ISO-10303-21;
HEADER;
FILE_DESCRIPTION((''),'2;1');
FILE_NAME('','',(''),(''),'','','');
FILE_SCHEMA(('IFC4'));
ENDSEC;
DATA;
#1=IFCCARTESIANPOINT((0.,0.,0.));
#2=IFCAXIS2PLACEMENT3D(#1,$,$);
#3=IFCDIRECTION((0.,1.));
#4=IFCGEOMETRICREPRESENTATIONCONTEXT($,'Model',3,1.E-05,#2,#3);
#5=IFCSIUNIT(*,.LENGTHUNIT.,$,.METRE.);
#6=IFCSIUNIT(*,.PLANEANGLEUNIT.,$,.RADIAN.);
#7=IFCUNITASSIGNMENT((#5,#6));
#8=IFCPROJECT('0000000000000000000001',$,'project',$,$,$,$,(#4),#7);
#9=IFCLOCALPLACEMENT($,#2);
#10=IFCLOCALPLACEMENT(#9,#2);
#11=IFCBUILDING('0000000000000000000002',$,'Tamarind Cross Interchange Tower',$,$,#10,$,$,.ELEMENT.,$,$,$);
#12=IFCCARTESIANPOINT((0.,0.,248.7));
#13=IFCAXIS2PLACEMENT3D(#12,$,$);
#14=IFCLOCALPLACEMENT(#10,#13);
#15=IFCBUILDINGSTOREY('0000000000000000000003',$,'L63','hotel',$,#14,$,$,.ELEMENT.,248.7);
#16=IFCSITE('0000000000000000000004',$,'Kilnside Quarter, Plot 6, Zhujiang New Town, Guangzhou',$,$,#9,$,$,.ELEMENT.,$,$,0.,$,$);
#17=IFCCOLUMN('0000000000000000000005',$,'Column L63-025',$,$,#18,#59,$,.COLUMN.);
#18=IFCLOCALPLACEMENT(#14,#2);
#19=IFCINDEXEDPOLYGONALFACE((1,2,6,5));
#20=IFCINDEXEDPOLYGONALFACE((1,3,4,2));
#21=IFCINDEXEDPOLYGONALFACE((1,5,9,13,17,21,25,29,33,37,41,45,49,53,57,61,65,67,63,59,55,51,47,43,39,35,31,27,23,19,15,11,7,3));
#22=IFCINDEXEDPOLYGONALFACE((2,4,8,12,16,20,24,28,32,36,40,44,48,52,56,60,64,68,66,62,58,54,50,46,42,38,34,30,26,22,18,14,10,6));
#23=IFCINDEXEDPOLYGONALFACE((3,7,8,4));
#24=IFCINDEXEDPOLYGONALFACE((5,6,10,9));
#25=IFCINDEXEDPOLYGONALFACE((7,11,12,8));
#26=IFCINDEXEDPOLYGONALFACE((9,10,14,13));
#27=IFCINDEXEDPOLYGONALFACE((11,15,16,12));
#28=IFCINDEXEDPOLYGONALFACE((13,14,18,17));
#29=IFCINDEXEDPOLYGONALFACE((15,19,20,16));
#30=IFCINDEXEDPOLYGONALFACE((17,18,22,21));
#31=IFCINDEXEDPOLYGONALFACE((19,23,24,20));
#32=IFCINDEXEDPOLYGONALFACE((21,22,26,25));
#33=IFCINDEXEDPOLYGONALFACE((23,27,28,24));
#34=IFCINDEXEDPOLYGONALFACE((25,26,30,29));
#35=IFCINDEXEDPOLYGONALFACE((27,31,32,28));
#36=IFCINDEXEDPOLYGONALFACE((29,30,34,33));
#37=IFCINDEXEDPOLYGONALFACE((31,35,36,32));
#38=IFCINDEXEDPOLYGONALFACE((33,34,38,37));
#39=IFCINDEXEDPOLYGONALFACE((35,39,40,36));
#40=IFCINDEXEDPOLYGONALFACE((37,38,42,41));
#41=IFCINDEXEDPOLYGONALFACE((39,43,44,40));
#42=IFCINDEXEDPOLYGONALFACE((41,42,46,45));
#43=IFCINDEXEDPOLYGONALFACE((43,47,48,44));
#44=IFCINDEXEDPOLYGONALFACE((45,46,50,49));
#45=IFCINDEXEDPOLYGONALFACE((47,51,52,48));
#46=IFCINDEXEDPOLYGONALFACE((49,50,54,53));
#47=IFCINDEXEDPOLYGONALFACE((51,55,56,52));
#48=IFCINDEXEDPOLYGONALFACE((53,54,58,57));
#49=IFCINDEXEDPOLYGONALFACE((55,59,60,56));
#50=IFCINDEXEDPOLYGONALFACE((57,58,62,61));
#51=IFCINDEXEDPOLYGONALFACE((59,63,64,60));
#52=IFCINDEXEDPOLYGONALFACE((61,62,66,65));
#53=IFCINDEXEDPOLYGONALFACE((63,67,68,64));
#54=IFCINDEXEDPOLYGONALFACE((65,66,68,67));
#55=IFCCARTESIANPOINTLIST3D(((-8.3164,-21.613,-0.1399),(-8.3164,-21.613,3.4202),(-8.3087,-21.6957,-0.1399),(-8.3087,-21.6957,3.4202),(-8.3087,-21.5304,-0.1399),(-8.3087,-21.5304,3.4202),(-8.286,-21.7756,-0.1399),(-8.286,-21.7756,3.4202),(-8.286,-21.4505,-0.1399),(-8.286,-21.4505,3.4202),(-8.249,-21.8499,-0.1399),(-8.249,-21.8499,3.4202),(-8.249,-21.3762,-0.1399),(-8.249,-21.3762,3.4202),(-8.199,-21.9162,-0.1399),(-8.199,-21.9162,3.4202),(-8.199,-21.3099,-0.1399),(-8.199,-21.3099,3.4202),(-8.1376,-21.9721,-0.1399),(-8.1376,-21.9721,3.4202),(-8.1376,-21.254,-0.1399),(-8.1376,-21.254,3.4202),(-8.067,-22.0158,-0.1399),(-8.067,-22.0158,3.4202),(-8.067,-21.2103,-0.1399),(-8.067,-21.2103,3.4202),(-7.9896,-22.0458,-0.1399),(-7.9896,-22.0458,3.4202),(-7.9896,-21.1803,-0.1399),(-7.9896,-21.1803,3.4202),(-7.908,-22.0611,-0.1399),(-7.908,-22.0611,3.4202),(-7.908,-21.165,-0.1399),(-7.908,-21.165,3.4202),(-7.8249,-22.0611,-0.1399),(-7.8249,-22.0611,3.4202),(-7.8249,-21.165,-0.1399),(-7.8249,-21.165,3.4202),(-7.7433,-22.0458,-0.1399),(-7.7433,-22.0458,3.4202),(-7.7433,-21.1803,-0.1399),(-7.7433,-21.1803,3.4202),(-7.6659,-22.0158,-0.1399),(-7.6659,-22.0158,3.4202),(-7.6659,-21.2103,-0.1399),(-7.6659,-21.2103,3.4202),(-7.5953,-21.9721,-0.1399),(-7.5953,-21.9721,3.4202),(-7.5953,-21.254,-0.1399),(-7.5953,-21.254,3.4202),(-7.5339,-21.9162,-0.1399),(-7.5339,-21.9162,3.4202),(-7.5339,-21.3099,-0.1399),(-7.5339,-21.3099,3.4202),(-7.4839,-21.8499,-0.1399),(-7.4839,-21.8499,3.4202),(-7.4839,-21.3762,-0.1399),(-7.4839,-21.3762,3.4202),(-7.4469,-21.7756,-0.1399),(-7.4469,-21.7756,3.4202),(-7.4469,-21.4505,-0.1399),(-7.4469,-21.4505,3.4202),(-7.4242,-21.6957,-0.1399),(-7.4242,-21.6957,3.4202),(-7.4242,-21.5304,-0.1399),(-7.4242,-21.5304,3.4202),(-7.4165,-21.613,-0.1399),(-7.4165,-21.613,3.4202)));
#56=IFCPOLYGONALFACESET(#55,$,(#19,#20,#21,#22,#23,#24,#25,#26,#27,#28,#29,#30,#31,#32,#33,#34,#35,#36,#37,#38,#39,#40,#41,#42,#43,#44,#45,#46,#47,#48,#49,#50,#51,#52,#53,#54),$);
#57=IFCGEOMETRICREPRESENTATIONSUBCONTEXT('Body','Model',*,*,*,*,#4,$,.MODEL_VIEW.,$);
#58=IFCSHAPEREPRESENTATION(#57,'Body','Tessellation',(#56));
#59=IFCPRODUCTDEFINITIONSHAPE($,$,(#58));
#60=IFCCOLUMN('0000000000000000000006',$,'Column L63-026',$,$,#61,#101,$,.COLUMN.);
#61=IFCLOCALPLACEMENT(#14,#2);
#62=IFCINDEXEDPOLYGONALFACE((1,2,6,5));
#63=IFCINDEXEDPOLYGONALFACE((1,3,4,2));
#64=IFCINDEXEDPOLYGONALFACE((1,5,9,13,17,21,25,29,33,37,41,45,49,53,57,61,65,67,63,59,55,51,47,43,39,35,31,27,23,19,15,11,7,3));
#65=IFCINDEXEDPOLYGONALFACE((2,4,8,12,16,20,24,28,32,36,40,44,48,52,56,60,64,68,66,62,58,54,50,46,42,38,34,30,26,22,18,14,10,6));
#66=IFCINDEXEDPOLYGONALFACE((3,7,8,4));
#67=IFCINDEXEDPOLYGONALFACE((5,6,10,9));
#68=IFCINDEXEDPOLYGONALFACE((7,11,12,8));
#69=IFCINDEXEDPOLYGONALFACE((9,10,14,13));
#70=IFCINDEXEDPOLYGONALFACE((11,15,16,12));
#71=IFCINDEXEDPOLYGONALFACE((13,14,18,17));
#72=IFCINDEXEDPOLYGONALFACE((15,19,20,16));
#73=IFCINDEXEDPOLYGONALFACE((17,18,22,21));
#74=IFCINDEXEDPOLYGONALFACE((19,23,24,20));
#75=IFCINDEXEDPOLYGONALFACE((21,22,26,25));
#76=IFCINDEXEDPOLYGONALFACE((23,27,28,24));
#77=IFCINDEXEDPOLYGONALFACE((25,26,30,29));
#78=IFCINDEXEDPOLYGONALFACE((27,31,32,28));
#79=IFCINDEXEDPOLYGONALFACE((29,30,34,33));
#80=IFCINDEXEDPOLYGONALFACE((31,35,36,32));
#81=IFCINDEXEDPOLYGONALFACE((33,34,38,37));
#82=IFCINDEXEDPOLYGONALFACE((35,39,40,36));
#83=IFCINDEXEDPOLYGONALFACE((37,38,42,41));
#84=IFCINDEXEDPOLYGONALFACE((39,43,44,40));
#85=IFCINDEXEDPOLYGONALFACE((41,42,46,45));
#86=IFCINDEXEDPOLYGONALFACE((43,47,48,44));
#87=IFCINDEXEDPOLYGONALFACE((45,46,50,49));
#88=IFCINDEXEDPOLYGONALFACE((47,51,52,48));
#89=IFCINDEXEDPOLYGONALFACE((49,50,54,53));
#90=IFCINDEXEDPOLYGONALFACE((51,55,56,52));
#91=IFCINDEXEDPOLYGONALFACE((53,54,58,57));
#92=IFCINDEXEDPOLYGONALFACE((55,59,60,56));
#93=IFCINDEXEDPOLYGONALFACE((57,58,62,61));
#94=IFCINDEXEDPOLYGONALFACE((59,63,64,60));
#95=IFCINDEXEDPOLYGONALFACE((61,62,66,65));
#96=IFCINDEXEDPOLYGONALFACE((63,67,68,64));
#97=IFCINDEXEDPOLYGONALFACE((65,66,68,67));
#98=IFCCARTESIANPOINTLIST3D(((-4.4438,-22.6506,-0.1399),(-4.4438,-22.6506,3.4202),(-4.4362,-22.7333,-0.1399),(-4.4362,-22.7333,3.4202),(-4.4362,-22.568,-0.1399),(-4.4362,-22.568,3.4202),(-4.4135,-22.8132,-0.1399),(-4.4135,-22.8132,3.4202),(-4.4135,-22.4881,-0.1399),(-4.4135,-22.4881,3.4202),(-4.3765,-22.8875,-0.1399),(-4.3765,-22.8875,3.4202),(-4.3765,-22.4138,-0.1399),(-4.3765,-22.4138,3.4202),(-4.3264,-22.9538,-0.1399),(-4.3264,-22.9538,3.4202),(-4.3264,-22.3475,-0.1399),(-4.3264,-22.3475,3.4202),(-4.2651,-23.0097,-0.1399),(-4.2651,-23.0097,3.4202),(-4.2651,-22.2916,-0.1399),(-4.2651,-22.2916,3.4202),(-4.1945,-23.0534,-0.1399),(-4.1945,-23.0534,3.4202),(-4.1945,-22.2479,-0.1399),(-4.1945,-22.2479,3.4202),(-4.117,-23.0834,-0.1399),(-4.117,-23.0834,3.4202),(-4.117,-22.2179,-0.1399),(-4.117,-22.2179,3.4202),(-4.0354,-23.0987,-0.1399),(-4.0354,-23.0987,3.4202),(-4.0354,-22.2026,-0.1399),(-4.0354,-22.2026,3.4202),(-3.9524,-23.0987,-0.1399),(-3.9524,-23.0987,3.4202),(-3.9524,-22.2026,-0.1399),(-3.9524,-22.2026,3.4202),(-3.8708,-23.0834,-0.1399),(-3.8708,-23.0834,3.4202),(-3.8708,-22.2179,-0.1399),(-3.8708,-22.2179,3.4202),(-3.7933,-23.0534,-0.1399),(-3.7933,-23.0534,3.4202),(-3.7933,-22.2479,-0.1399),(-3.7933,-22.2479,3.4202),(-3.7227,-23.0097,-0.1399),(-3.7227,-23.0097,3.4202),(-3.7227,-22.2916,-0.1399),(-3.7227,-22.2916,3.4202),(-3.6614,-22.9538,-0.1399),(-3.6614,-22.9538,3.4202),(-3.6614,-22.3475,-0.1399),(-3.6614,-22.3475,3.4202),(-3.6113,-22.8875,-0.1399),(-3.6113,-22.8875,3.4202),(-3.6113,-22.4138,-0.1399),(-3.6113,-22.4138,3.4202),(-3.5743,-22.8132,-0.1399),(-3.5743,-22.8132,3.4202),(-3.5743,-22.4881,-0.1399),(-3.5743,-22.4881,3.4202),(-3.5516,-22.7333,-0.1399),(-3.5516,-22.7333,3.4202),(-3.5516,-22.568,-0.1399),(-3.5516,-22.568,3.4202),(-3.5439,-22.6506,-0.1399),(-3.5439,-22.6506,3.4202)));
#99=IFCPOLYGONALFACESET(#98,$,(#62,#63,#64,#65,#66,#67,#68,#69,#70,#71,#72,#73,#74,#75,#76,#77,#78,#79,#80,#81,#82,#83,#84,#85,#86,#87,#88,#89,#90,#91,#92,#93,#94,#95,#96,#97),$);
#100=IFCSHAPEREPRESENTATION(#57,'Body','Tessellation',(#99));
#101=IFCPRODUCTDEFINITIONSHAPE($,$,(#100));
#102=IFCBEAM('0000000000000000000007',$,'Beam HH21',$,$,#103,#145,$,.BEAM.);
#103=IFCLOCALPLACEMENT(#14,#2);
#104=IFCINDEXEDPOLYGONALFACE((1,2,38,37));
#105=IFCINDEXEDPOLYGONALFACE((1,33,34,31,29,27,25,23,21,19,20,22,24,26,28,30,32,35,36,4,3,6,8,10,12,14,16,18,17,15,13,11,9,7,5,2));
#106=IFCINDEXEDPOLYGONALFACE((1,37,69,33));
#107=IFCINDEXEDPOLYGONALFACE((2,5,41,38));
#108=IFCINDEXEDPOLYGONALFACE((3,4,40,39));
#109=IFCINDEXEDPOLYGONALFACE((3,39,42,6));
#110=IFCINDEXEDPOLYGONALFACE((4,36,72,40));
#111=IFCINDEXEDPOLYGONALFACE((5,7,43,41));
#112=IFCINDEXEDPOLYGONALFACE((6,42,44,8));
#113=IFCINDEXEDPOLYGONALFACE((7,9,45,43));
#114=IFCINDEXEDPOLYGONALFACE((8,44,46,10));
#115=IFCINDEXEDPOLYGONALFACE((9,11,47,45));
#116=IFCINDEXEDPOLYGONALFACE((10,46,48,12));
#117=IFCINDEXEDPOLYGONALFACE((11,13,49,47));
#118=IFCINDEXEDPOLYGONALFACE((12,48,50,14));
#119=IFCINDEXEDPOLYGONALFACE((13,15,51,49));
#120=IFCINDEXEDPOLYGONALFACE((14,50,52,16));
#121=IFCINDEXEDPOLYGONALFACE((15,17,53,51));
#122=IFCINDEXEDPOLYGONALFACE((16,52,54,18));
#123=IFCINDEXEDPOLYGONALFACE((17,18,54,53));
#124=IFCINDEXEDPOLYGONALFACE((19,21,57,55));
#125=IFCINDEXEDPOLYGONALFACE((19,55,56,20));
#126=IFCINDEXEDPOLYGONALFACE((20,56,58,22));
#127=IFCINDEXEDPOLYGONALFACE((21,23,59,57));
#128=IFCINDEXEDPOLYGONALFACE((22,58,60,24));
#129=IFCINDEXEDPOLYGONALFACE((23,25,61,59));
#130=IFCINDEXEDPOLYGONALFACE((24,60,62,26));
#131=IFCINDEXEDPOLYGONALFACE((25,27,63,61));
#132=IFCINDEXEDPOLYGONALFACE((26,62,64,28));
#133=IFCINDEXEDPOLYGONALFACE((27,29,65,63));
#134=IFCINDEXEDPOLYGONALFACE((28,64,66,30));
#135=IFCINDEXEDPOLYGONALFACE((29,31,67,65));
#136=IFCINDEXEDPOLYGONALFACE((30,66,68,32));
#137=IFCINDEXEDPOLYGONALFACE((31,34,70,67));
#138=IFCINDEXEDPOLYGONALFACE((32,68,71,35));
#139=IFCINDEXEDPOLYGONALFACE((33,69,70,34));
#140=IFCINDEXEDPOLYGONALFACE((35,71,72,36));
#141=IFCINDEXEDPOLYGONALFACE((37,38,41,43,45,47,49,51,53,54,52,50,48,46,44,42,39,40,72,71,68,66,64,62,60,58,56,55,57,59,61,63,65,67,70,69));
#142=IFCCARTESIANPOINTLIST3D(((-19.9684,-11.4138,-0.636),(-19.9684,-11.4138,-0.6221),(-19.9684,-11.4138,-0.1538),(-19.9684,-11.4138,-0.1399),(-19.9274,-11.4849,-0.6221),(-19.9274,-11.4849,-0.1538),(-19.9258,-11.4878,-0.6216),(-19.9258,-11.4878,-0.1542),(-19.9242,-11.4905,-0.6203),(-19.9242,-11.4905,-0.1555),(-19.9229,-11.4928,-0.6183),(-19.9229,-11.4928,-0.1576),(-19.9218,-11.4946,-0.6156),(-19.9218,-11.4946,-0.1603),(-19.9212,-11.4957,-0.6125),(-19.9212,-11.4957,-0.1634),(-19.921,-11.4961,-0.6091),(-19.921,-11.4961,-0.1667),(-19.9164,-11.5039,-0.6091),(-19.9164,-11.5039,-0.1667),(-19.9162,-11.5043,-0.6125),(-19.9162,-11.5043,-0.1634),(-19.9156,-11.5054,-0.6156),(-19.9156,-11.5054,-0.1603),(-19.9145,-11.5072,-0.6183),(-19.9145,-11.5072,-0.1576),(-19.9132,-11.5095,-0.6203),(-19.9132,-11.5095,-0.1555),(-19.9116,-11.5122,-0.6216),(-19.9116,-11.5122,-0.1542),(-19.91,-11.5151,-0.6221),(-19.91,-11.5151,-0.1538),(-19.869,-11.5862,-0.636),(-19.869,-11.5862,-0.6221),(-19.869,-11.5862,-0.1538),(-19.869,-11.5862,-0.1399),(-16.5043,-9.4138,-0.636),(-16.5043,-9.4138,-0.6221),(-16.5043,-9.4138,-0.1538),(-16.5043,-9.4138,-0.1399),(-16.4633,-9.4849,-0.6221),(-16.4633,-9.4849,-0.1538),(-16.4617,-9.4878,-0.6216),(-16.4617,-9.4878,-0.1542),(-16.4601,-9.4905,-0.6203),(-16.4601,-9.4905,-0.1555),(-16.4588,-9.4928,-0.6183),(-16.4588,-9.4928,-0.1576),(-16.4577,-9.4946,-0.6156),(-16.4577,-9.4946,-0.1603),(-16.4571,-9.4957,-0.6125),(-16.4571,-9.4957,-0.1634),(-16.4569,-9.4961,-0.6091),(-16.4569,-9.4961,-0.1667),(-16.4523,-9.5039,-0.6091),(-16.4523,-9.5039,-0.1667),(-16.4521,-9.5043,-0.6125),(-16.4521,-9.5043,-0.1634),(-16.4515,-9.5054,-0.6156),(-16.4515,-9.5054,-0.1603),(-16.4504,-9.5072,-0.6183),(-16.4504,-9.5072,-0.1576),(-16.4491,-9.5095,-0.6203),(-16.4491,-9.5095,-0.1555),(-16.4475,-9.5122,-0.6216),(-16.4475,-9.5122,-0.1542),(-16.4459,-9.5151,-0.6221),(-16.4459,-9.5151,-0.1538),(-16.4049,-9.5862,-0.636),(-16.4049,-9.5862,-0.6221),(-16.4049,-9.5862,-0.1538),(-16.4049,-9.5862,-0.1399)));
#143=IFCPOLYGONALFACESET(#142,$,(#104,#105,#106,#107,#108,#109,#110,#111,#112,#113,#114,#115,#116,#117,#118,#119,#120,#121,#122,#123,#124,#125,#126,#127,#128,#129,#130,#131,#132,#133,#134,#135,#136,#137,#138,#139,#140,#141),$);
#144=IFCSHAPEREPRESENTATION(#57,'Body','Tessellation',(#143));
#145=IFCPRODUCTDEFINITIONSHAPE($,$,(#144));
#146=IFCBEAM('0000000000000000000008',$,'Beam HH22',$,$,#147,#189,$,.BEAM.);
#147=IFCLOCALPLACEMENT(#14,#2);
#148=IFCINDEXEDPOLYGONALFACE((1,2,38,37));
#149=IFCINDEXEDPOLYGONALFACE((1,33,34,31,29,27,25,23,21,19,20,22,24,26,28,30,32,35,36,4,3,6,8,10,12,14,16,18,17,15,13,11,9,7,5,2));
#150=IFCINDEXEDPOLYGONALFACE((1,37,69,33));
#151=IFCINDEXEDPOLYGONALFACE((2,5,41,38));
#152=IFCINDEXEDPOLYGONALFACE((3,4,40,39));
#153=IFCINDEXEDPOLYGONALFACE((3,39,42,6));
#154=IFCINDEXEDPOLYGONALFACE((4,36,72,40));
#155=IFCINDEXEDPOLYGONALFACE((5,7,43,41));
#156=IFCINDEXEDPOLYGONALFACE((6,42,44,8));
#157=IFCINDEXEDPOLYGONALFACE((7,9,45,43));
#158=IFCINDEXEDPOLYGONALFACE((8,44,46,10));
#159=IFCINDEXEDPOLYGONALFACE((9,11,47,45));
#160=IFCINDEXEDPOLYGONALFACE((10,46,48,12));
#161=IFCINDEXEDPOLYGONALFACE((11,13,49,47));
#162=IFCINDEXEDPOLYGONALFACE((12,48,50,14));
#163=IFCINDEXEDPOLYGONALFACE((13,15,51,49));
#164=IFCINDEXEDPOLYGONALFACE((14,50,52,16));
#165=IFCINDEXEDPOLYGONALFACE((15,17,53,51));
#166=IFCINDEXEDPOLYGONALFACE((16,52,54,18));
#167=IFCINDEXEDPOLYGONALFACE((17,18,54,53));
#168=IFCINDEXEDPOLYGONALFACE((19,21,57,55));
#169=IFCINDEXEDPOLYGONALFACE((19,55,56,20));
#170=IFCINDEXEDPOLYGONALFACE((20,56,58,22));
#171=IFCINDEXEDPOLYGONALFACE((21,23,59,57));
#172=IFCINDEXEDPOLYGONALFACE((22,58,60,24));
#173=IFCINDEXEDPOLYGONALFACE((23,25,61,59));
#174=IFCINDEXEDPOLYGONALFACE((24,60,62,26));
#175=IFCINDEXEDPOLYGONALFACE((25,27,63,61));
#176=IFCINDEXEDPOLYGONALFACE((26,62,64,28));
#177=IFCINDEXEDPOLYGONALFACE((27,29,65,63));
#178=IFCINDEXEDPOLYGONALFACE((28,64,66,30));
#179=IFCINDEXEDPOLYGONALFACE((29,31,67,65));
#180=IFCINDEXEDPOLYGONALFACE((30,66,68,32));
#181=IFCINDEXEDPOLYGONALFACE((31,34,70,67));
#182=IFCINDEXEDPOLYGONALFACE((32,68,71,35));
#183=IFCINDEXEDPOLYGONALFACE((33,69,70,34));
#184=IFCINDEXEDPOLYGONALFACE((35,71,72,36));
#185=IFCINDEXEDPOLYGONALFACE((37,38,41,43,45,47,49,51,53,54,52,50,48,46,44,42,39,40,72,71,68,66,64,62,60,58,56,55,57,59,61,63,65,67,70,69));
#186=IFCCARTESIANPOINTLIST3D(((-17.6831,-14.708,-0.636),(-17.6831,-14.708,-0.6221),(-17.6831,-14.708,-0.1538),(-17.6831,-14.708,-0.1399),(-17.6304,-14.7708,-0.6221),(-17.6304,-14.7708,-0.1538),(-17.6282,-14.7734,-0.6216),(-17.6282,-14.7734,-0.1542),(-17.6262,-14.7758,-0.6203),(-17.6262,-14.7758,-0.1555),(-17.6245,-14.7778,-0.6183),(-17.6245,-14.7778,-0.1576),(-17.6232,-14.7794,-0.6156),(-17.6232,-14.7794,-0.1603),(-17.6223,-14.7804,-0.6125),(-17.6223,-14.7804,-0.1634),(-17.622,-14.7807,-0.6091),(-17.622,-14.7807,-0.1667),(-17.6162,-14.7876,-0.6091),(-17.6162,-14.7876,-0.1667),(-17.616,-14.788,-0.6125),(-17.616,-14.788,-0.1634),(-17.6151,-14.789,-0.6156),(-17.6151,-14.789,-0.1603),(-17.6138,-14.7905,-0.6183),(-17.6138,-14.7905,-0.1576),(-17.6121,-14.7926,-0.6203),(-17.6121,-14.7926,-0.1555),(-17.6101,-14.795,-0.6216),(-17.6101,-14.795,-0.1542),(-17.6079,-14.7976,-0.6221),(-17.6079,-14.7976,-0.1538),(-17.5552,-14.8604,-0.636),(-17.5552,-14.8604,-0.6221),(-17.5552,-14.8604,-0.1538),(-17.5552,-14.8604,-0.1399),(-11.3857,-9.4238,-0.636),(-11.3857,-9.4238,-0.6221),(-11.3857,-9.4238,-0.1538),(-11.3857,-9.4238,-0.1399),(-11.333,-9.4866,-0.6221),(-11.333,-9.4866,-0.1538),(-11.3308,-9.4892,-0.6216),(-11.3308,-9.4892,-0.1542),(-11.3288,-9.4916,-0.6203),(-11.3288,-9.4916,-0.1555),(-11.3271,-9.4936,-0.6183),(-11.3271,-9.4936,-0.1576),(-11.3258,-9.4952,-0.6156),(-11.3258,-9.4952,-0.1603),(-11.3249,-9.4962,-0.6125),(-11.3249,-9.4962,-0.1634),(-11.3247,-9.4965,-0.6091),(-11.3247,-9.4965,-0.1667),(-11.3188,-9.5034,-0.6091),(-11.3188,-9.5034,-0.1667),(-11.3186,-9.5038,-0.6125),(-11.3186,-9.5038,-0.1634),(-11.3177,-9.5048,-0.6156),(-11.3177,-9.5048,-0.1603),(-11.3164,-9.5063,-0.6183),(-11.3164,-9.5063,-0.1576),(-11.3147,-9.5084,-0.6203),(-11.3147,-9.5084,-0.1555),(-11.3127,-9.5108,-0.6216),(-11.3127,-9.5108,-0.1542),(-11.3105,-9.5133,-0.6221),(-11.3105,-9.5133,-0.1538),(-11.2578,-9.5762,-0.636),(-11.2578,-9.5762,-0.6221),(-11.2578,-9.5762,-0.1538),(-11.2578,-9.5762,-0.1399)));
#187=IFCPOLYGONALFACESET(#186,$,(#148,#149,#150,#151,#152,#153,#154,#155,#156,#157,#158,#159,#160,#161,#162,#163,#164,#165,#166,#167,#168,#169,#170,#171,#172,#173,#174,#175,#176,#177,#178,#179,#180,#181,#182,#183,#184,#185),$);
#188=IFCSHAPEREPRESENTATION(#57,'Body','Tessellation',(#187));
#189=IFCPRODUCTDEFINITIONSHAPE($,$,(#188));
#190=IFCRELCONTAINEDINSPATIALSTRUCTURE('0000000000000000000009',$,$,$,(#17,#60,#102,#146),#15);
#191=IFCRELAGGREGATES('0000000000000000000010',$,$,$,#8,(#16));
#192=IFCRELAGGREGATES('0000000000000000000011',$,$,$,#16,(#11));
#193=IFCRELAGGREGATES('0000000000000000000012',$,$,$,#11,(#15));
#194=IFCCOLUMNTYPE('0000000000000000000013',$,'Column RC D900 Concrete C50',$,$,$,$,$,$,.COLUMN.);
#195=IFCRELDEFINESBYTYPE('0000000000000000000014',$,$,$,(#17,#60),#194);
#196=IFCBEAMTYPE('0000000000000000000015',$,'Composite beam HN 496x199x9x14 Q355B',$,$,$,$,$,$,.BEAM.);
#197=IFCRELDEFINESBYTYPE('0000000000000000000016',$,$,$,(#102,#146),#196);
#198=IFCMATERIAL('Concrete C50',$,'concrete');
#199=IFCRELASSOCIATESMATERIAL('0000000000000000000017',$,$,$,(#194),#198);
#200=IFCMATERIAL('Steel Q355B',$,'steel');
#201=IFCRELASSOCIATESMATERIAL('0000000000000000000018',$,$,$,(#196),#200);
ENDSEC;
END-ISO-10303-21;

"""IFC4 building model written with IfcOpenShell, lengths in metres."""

from ifc_helpers import new_model, si_unit, direction, frame, origin, origin_2d, place, context, subcontext, project, spatial, circle, i_section, extrude, material, material_profile, profile_set, type_object, element, save


model = new_model("IFC4")

# Units and contexts
model_context = context("Model", 3, precision=1e-05, world=origin(), true_north=direction((0.0, 1.0)))
body_context = subcontext(model_context, "Body", "Model", "MODEL_VIEW")
ifc_project = project(units=[si_unit("LENGTHUNIT", "METRE"), si_unit("PLANEANGLEUNIT", "RADIAN")], contexts=[model_context])

# Site, building, storey
site_placement = place(None, origin())
site = spatial("IfcSite", under=ifc_project, at=site_placement, Name="Kilnside Quarter, Plot 6, Zhujiang New Town, Guangzhou", CompositionType="ELEMENT", RefElevation=0.0)
building_placement = place(site_placement, origin())
building = spatial("IfcBuilding", under=site, at=building_placement, Name="Tamarind Cross Interchange Tower", CompositionType="ELEMENT")
storey_placement = place(building_placement, frame((0.0, 0.0, 248.7)))
storey = spatial("IfcBuildingStorey", under=building, at=storey_placement, Name="L63", Description="hotel", CompositionType="ELEMENT", Elevation=248.7)

# Columns
ifc_material_1 = material(Name="Concrete C50", Category="concrete")
ifc_material_profile_1 = material_profile(ifc_material_1, circle(Radius=0.45, at=origin_2d()), Name="RC D900")
ifc_profile_set_1 = profile_set([ifc_material_profile_1], Name="Concrete C50")
column_type = type_object("IfcColumnType", Name="Column RC D900 Concrete C50", PredefinedType="COLUMN", material=ifc_profile_set_1)
for number, where, z_axis, x_axis, name in (
    (1, (-7.8665, -21.613, -0.1399), (0.0, 0.0, 1.0), (1.0, 0.0, 0.0), "Column L63-025"),
    (2, (-3.9939, -22.6506, -0.1399), (0.0, 0.0, 1.0), (1.0, 0.0, 0.0), "Column L63-026"),
):
    element("IfcColumn", number, at=place(storey_placement, frame(where, z_axis=z_axis, x_axis=x_axis)), inside=storey, type_object=column_type, Name=name, PredefinedType="COLUMN", context=body_context, shape_type="SweptSolid", body=[
        extrude(circle(Radius=0.45, at=origin_2d()), origin(), (0.0, 0.0, 1.0), 3.5601),
    ])

# Beams
ifc_material_2 = material(Name="Steel Q355B", Category="steel")
ifc_material_profile_2 = material_profile(ifc_material_2, i_section(OverallWidth=0.199, OverallDepth=0.4961, WebThickness=0.009, FlangeThickness=0.0139, FilletRadius=0.0129, at=origin_2d()), Name="HN 496x199x9x14")
ifc_profile_set_2 = profile_set([ifc_material_profile_2], Name="Steel Q355B")
beam_type = type_object("IfcBeamType", Name="Composite beam HN 496x199x9x14 Q355B", PredefinedType="BEAM", material=ifc_profile_set_2)
beam_1_placement = place(storey_placement, frame((-19.9187, -11.5, -0.3879), z_axis=(0.866026, 0.499999, 0.0), x_axis=(-0.499999, 0.866026, 0.0)))
element("IfcBeam", 3, at=beam_1_placement, inside=storey, type_object=beam_type, Name="Beam HH21", PredefinedType="BEAM", context=body_context, shape_type="SweptSolid", body=[
    extrude(i_section(OverallWidth=0.199, OverallDepth=0.4961, WebThickness=0.009, FlangeThickness=0.0139, FilletRadius=0.0129, at=origin_2d()), origin(), (0.0, 0.0, 1.0), 4.0),
])
beam_2_placement = place(storey_placement, frame((-17.6191, -14.7842, -0.3879), z_axis=(0.766041, 0.642792, 0.0), x_axis=(-0.642792, 0.766041, 0.0)))
element("IfcBeam", 4, at=beam_2_placement, inside=storey, type_object=beam_type, Name="Beam HH22", PredefinedType="BEAM", context=body_context, shape_type="SweptSolid", body=[
    extrude(i_section(OverallWidth=0.199, OverallDepth=0.4961, WebThickness=0.009, FlangeThickness=0.0139, FilletRadius=0.0129, at=origin_2d()), origin(), (0.0, 0.0, 1.0), 8.2207),
])

save(model, "model.ifc")
